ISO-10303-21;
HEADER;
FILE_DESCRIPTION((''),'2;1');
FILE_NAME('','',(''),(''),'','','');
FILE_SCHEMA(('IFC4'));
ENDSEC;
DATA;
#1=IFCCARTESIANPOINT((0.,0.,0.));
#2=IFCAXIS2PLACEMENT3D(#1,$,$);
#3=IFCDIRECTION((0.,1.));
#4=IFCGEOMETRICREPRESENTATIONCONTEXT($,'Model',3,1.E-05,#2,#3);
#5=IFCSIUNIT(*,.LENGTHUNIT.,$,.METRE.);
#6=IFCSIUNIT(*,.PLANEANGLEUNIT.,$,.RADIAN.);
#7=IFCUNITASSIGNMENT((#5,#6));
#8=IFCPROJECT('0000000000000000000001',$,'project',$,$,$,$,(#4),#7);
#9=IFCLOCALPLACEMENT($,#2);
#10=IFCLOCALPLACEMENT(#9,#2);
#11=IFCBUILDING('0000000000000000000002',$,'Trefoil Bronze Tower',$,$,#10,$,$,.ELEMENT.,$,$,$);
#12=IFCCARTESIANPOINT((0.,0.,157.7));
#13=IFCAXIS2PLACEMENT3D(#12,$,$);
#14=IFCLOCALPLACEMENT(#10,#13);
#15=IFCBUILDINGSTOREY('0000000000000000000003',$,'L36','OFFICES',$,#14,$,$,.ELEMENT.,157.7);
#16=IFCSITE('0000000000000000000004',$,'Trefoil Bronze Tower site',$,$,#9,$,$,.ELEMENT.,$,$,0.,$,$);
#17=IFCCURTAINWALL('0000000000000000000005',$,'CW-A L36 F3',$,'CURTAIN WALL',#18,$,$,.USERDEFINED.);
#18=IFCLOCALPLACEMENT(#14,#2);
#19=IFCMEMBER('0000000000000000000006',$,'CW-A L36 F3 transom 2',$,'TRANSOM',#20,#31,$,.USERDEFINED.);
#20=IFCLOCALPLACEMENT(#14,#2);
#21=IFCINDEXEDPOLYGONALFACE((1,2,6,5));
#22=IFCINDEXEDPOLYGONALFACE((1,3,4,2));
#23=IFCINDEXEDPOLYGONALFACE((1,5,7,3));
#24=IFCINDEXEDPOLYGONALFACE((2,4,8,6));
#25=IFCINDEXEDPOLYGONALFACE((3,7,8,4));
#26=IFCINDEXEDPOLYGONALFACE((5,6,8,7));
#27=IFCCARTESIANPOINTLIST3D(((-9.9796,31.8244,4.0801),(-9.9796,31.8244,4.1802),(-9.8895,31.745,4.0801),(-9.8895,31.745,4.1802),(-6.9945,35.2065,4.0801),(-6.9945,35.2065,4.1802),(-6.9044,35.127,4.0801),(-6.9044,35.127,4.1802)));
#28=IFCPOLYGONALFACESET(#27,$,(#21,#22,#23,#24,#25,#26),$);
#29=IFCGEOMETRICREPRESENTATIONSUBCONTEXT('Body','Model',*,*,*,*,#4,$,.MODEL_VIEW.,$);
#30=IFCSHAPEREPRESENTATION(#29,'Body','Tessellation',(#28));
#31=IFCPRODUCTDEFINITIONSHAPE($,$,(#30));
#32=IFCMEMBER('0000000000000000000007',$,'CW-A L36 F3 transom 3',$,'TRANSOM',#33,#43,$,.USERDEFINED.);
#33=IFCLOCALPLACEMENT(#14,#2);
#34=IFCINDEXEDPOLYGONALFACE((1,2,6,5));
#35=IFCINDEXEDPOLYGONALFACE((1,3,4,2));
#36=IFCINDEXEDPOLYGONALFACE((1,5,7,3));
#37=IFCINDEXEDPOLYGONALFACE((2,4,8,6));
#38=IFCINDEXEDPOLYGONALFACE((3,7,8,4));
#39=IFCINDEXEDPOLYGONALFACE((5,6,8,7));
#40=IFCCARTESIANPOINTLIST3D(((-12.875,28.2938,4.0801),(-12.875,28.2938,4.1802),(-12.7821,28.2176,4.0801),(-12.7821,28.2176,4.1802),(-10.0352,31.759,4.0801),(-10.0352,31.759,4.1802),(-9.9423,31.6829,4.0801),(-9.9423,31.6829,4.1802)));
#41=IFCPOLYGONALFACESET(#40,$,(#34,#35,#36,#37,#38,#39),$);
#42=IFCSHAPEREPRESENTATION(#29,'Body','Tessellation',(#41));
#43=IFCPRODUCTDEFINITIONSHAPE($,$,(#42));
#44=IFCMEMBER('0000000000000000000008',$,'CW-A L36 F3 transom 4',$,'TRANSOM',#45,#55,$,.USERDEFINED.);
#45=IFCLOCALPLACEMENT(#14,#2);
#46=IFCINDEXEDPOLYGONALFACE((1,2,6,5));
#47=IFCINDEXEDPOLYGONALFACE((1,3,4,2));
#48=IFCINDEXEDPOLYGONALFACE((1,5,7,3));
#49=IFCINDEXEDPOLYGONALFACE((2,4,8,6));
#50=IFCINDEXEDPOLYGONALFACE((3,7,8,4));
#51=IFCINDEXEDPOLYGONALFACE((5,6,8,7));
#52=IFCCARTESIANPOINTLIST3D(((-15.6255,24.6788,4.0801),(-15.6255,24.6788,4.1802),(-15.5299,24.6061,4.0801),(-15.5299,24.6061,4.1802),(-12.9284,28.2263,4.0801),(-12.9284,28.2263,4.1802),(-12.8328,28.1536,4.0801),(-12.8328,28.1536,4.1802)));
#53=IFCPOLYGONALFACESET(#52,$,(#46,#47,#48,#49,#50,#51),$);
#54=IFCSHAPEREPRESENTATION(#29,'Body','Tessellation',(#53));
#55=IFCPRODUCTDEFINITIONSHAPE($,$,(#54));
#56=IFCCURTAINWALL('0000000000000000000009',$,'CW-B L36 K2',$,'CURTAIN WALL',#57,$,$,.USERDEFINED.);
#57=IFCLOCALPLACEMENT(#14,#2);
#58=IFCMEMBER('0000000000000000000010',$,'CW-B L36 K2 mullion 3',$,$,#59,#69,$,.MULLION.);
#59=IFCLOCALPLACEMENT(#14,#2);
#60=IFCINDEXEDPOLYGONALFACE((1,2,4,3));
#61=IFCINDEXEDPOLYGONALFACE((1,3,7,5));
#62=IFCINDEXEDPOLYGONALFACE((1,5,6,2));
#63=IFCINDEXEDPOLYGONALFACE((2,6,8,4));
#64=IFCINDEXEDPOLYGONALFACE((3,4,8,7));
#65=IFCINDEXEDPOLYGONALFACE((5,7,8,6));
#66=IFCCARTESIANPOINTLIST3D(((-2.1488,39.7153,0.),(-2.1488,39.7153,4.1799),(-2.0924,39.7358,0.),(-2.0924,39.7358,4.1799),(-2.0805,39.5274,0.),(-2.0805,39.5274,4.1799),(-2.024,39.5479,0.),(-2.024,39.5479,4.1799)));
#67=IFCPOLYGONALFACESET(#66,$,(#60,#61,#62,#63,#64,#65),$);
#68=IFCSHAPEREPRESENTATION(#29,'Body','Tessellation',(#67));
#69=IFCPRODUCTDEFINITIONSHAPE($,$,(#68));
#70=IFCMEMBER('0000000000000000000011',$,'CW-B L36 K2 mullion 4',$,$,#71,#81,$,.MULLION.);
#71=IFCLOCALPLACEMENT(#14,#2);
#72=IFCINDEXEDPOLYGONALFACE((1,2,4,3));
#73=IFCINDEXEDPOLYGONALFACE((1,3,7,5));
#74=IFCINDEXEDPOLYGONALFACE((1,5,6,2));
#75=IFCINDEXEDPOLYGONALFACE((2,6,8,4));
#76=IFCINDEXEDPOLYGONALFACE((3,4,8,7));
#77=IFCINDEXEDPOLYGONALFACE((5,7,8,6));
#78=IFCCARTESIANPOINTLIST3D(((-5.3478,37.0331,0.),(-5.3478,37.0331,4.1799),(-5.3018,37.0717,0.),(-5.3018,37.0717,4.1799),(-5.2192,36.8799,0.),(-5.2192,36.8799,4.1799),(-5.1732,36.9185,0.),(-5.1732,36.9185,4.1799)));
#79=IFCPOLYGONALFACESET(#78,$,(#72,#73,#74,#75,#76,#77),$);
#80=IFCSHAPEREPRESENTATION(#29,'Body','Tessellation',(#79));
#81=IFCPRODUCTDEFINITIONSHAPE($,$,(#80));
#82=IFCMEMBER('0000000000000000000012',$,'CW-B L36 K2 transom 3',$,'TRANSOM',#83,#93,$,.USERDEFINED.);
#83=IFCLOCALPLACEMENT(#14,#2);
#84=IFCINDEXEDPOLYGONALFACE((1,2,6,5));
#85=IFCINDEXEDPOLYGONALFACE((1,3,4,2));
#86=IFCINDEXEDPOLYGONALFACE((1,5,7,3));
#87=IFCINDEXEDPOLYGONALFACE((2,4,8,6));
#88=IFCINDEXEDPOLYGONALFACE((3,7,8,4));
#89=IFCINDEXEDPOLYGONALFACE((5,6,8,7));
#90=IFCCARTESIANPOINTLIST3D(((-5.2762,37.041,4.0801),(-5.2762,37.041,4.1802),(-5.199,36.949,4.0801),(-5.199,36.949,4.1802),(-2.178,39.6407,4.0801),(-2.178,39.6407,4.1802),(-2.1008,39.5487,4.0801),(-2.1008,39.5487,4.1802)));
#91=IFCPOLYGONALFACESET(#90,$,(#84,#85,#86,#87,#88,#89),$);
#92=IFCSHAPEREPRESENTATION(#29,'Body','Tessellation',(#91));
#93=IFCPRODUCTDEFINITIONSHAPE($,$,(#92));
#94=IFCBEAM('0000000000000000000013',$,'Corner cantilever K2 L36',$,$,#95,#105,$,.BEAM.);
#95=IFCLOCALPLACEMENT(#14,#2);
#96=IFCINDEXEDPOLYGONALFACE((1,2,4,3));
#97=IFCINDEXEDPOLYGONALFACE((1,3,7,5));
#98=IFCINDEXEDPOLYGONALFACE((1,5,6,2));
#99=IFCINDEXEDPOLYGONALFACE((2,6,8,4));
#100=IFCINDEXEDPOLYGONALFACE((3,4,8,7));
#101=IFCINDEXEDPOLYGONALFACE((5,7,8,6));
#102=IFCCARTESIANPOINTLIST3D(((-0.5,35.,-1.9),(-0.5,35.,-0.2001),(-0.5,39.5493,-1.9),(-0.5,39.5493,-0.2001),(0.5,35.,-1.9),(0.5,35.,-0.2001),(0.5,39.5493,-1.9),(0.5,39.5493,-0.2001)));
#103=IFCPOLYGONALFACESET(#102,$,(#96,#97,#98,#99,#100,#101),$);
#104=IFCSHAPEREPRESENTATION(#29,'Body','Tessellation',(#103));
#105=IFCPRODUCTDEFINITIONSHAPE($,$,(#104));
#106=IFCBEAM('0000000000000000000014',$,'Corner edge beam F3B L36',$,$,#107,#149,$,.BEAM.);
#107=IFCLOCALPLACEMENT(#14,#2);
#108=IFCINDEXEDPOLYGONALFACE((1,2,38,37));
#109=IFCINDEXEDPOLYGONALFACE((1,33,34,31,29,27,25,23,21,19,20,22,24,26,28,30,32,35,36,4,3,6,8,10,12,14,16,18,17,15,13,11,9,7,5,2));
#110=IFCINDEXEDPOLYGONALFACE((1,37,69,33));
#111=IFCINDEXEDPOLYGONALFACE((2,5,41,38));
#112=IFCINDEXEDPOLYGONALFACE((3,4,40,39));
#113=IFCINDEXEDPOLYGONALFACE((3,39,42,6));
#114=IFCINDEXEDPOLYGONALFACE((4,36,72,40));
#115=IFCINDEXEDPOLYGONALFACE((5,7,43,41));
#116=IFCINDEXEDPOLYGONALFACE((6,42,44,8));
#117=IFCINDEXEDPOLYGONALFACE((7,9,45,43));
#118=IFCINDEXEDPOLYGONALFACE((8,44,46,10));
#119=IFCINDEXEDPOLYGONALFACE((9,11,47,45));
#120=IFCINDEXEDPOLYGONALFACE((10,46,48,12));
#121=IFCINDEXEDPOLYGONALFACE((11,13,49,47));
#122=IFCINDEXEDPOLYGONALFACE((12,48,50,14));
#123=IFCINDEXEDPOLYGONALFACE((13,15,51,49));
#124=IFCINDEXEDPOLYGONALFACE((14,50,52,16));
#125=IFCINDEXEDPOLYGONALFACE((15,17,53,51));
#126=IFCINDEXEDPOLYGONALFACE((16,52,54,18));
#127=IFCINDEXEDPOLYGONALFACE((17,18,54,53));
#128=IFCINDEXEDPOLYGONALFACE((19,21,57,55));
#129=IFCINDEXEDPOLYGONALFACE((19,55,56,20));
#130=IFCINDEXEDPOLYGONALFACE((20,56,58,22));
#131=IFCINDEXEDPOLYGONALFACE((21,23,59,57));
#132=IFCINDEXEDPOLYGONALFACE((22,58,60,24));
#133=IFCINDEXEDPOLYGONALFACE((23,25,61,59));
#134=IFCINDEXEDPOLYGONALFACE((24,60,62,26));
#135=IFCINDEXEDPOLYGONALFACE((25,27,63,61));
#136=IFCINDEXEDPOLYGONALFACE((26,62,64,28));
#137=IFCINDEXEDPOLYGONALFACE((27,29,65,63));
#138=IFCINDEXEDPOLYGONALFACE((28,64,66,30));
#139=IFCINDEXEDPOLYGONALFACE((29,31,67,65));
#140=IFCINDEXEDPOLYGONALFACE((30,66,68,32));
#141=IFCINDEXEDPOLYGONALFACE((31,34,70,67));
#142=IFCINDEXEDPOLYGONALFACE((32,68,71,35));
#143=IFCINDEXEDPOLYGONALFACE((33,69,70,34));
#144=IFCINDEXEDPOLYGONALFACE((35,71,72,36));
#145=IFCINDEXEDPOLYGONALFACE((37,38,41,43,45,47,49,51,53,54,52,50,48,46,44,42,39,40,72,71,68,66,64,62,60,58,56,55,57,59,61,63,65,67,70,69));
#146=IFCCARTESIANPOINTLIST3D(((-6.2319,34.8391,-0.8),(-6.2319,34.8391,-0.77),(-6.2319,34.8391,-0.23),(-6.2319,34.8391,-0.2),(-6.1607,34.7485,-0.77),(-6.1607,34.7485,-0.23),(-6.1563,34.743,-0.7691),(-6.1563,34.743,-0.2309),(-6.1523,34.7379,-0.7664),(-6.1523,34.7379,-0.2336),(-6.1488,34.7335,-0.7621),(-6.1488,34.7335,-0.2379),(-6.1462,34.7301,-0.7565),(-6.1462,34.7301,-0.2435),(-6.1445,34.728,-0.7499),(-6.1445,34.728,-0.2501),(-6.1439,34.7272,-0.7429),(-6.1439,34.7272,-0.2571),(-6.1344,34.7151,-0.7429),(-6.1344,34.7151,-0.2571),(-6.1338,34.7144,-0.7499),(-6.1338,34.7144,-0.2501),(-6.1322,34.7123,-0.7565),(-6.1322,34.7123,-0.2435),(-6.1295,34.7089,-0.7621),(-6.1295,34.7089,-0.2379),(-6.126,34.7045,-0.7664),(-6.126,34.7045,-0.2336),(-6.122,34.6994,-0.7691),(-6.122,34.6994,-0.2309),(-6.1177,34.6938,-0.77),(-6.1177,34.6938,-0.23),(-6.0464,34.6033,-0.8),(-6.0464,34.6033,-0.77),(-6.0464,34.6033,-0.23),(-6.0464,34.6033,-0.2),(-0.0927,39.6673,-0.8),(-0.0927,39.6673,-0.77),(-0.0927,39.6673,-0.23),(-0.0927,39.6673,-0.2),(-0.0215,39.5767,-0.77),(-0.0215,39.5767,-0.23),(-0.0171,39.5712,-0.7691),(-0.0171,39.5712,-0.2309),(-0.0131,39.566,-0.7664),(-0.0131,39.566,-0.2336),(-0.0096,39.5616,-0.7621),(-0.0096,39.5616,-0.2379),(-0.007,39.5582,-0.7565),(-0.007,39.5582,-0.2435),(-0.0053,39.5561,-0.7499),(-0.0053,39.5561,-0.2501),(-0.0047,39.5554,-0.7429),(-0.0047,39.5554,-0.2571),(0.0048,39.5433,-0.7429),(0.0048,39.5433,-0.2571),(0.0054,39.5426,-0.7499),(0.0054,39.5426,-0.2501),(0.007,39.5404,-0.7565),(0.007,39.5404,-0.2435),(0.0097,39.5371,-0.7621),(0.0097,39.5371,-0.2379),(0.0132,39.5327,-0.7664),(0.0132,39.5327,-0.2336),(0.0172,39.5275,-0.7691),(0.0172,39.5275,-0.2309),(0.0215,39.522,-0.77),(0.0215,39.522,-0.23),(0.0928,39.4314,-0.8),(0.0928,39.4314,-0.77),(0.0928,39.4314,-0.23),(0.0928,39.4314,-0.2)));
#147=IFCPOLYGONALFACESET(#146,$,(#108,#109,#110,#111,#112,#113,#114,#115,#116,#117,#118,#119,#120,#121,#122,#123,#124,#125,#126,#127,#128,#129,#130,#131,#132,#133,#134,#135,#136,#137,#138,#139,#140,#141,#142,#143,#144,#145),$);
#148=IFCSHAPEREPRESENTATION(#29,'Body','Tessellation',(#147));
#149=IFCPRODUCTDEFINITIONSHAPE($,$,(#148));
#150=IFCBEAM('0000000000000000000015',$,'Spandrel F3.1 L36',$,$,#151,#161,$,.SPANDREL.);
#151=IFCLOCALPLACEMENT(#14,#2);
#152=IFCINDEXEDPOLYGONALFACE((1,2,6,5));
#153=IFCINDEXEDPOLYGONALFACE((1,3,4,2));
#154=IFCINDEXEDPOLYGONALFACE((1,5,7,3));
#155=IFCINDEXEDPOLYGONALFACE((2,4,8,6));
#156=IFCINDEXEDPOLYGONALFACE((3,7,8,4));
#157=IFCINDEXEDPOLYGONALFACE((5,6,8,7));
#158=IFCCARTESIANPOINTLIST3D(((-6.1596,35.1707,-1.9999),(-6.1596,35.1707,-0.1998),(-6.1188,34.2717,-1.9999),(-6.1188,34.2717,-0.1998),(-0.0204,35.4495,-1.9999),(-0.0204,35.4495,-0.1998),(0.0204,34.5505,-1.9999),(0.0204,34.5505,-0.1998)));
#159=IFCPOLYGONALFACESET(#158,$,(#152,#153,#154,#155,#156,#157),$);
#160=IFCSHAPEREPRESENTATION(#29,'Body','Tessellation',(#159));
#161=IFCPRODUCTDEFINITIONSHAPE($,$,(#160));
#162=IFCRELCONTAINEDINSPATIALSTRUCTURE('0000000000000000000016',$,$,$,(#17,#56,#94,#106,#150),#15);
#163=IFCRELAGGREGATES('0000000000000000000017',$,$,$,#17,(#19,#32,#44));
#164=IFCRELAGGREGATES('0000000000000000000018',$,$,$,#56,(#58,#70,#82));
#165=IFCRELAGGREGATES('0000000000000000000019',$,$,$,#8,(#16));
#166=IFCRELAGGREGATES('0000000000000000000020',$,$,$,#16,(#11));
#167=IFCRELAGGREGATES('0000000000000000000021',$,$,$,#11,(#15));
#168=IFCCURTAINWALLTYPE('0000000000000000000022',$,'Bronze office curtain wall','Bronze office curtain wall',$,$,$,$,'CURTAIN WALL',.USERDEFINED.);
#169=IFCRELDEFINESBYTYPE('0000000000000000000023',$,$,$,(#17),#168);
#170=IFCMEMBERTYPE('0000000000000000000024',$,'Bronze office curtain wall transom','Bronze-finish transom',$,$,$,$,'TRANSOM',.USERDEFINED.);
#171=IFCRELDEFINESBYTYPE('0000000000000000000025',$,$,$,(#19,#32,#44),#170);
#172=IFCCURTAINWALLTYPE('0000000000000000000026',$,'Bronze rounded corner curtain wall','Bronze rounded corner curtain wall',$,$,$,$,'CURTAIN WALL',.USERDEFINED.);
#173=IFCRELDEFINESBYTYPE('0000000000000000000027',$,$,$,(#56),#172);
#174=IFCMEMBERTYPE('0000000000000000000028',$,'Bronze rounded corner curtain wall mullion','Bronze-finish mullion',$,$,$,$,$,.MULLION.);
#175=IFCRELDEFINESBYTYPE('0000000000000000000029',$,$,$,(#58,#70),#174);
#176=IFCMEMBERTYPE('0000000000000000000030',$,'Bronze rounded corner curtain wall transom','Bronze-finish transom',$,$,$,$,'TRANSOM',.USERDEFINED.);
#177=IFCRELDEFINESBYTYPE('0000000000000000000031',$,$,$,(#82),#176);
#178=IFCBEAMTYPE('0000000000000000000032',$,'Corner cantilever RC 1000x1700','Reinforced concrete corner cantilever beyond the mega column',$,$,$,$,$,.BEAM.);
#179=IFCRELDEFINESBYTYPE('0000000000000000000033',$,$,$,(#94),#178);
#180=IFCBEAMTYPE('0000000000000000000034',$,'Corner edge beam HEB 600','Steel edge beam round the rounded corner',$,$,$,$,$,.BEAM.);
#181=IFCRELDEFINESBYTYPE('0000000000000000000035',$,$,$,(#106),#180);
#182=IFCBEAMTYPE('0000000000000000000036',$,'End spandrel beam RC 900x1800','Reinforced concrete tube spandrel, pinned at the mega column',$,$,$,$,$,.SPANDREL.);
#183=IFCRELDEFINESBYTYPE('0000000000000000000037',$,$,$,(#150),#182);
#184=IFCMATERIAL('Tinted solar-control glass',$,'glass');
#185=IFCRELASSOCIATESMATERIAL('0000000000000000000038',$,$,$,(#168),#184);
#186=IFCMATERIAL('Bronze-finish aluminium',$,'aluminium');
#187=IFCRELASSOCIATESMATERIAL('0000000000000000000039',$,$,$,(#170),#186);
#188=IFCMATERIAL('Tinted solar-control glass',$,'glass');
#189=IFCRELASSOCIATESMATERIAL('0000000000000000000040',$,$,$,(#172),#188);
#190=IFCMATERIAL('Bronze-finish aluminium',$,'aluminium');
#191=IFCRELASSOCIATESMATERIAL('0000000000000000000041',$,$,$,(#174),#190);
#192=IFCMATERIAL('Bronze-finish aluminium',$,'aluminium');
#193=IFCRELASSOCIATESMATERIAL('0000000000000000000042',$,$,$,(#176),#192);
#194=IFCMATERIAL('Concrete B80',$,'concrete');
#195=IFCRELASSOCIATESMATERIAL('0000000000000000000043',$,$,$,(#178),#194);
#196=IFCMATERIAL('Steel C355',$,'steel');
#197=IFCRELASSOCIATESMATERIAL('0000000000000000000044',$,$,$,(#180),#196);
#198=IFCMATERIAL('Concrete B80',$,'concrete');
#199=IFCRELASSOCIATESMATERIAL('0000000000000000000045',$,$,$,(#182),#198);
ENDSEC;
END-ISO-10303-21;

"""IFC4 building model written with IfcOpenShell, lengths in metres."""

from ifc_helpers import new_model, si_unit, direction, frame, origin, origin_2d, place, context, subcontext, project, spatial, rectangle, i_section, extrude, material, material_profile, profile_set, type_object, element, aggregate, save


model = new_model("IFC4")

# Units and contexts
model_context = context("Model", 3, precision=1e-05, world=origin(), true_north=direction((0.0, 1.0)))
body_context = subcontext(model_context, "Body", "Model", "MODEL_VIEW")
ifc_project = project(units=[si_unit("LENGTHUNIT", "METRE"), si_unit("PLANEANGLEUNIT", "RADIAN")], contexts=[model_context])

# Site, building, storey
site_placement = place(None, origin())
site = spatial("IfcSite", under=ifc_project, at=site_placement, Name="Trefoil Bronze Tower site", CompositionType="ELEMENT", RefElevation=0.0)
building_placement = place(site_placement, origin())
building = spatial("IfcBuilding", under=site, at=building_placement, Name="Trefoil Bronze Tower", CompositionType="ELEMENT")
storey_placement = place(building_placement, frame((0.0, 0.0, 157.7)))
storey = spatial("IfcBuildingStorey", under=building, at=storey_placement, Name="L36", Description="OFFICES", CompositionType="ELEMENT", Elevation=157.7)

# Curtain walls, members
ifc_material_1 = material(Name="Tinted solar-control glass", Category="glass")
curtain_wall_type_1 = type_object("IfcCurtainWallType", Name="Bronze office curtain wall", Description="Bronze office curtain wall", ElementType="CURTAIN WALL", PredefinedType="USERDEFINED", material=ifc_material_1)
curtain_wall_1_placement = place(storey_placement, origin())
curtain_wall_1 = element("IfcCurtainWall", 1, at=curtain_wall_1_placement, inside=storey, type_object=curtain_wall_type_1, Name="CW-A L36 F3", ObjectType="CURTAIN WALL", PredefinedType="USERDEFINED")
ifc_material_2 = material(Name="Bronze-finish aluminium", Category="aluminium")
ifc_material_profile_1 = material_profile(ifc_material_2, rectangle(XDim=0.1201, YDim=0.1001, at=origin_2d()), Name="CW-A transom")
ifc_profile_set_1 = profile_set([ifc_material_profile_1], Name="Bronze-finish aluminium")
member_type_1 = type_object("IfcMemberType", Name="Bronze office curtain wall transom", Description="Bronze-finish transom", ElementType="TRANSOM", PredefinedType="USERDEFINED", material=ifc_profile_set_1)
member_1_placement = place(storey_placement, frame((-6.9495, 35.1667, 4.1301), z_axis=(-0.661736, -0.749737, 0.0), x_axis=(0.749737, -0.661736, 0.0)))
member_1 = element("IfcMember", 2, at=member_1_placement, type_object=member_type_1, Name="CW-A L36 F3 transom 2", ObjectType="TRANSOM", PredefinedType="USERDEFINED", context=body_context, shape_type="SweptSolid", body=[
    extrude(rectangle(XDim=0.1201, YDim=0.1001, at=origin_2d()), origin(), (0.0, 0.0, 1.0), 4.511),
])
member_2_placement = place(storey_placement, frame((-9.9888, 31.7209, 4.1301), z_axis=(-0.633849, -0.773457, 0.0), x_axis=(0.773457, -0.633849, 0.0)))
member_2 = element("IfcMember", 3, at=member_2_placement, type_object=member_type_1, Name="CW-A L36 F3 transom 3", ObjectType="TRANSOM", PredefinedType="USERDEFINED", context=body_context, shape_type="SweptSolid", body=[
    extrude(rectangle(XDim=0.1201, YDim=0.1001, at=origin_2d()), origin(), (0.0, 0.0, 1.0), 4.4802),
])
member_3_placement = place(storey_placement, frame((-12.8806, 28.1899, 4.1301), z_axis=(-0.605229, -0.796051, 0.0), x_axis=(0.796051, -0.605229, 0.0)))
member_3 = element("IfcMember", 4, at=member_3_placement, type_object=member_type_1, Name="CW-A L36 F3 transom 4", ObjectType="TRANSOM", PredefinedType="USERDEFINED", context=body_context, shape_type="SweptSolid", body=[
    extrude(rectangle(XDim=0.1201, YDim=0.1001, at=origin_2d()), origin(), (0.0, 0.0, 1.0), 4.4563),
])
ifc_material_3 = material(Name="Tinted solar-control glass", Category="glass")
curtain_wall_type_2 = type_object("IfcCurtainWallType", Name="Bronze rounded corner curtain wall", Description="Bronze rounded corner curtain wall", ElementType="CURTAIN WALL", PredefinedType="USERDEFINED", material=ifc_material_3)
curtain_wall_2_placement = place(storey_placement, origin())
curtain_wall_2 = element("IfcCurtainWall", 5, at=curtain_wall_2_placement, inside=storey, type_object=curtain_wall_type_2, Name="CW-B L36 K2", ObjectType="CURTAIN WALL", PredefinedType="USERDEFINED")
ifc_material_4 = material(Name="Bronze-finish aluminium", Category="aluminium")
ifc_material_profile_2 = material_profile(ifc_material_4, rectangle(XDim=0.2, YDim=0.0601, at=origin_2d()), Name="CW-B mullion")
ifc_profile_set_2 = profile_set([ifc_material_profile_2], Name="Bronze-finish aluminium")
member_type_2 = type_object("IfcMemberType", Name="Bronze rounded corner curtain wall mullion", Description="Bronze-finish mullion", PredefinedType="MULLION", material=ifc_profile_set_2)
member_4_placement = place(storey_placement, frame((-2.0864, 39.6316, 0.0), z_axis=(0.0, 0.0, 1.0), x_axis=(0.34202, -0.939693, 0.0)))
member_4 = element("IfcMember", 6, at=member_4_placement, type_object=member_type_2, Name="CW-B L36 K2 mullion 3", PredefinedType="MULLION", context=body_context, shape_type="SweptSolid", body=[
    extrude(rectangle(XDim=0.2, YDim=0.0601, at=origin_2d()), origin(), (0.0, 0.0, 1.0), 4.1799),
])
member_5_placement = place(storey_placement, frame((-5.2605, 36.9758, 0.0), z_axis=(0.0, 0.0, 1.0), x_axis=(0.642788, -0.766044, 0.0)))
member_5 = element("IfcMember", 7, at=member_5_placement, type_object=member_type_2, Name="CW-B L36 K2 mullion 4", PredefinedType="MULLION", context=body_context, shape_type="SweptSolid", body=[
    extrude(rectangle(XDim=0.2, YDim=0.0601, at=origin_2d()), origin(), (0.0, 0.0, 1.0), 4.1799),
])
ifc_material_5 = material(Name="Bronze-finish aluminium", Category="aluminium")
ifc_material_profile_3 = material_profile(ifc_material_5, rectangle(XDim=0.1201, YDim=0.1001, at=origin_2d()), Name="CW-B transom")
ifc_profile_set_3 = profile_set([ifc_material_profile_3], Name="Bronze-finish aluminium")
member_type_3 = type_object("IfcMemberType", Name="Bronze rounded corner curtain wall transom", Description="Bronze-finish transom", ElementType="TRANSOM", PredefinedType="USERDEFINED", material=ifc_profile_set_3)
member_6_placement = place(storey_placement, frame((-2.1394, 39.5947, 4.1301), z_axis=(-0.76605, -0.642781, 0.0), x_axis=(0.642781, -0.76605, 0.0)))
member_6 = element("IfcMember", 8, at=member_6_placement, type_object=member_type_3, Name="CW-B L36 K2 transom 3", ObjectType="TRANSOM", PredefinedType="USERDEFINED", context=body_context, shape_type="SweptSolid", body=[
    extrude(rectangle(XDim=0.1201, YDim=0.1001, at=origin_2d()), origin(), (0.0, 0.0, 1.0), 4.0444),
])

# Beams
ifc_material_6 = material(Name="Concrete B80", Category="concrete")
ifc_material_profile_4 = material_profile(ifc_material_6, rectangle(XDim=1.0, YDim=1.7, at=origin_2d()), Name="RC 1000x1700")
ifc_profile_set_4 = profile_set([ifc_material_profile_4], Name="Concrete B80")
beam_type_1 = type_object("IfcBeamType", Name="Corner cantilever RC 1000x1700", Description="Reinforced concrete corner cantilever beyond the mega column", PredefinedType="BEAM", material=ifc_profile_set_4)
beam_1_placement = place(storey_placement, frame((0.0, 35.0, -1.05), z_axis=(0.0, 1.0, 0.0), x_axis=(-1.0, 0.0, 0.0)))
element("IfcBeam", 9, at=beam_1_placement, inside=storey, type_object=beam_type_1, Name="Corner cantilever K2 L36", PredefinedType="BEAM", context=body_context, shape_type="SweptSolid", body=[
    extrude(rectangle(XDim=1.0, YDim=1.7, at=origin_2d()), origin(), (0.0, 0.0, 1.0), 4.5493),
])
ifc_material_7 = material(Name="Steel C355", Category="steel")
ifc_material_profile_5 = material_profile(ifc_material_7, i_section(OverallWidth=0.3, OverallDepth=0.6001, WebThickness=0.0154, FlangeThickness=0.03, FilletRadius=0.0271, at=origin_2d()), Name="HEB 600")
ifc_profile_set_5 = profile_set([ifc_material_profile_5], Name="Steel C355")
beam_type_2 = type_object("IfcBeamType", Name="Corner edge beam HEB 600", Description="Steel edge beam round the rounded corner", PredefinedType="BEAM", material=ifc_profile_set_5)
beam_2_placement = place(storey_placement, frame((-6.1392, 34.7212, -0.5), z_axis=(0.786038, 0.618178, 0.0), x_axis=(-0.618178, 0.786038, 0.0)))
element("IfcBeam", 10, at=beam_2_placement, inside=storey, type_object=beam_type_2, Name="Corner edge beam F3B L36", PredefinedType="BEAM", context=body_context, shape_type="SweptSolid", body=[
    extrude(i_section(OverallWidth=0.3, OverallDepth=0.6001, WebThickness=0.0154, FlangeThickness=0.03, FilletRadius=0.0271, at=origin_2d()), origin(), (0.0, 0.0, 1.0), 7.8103),
])
ifc_material_8 = material(Name="Concrete B80", Category="concrete")
ifc_material_profile_6 = material_profile(ifc_material_8, rectangle(XDim=0.8999, YDim=1.8, at=origin_2d()), Name="RC 900x1800")
ifc_profile_set_6 = profile_set([ifc_material_profile_6], Name="Concrete B80")
beam_type_3 = type_object("IfcBeamType", Name="End spandrel beam RC 900x1800", Description="Reinforced concrete tube spandrel, pinned at the mega column", PredefinedType="SPANDREL", material=ifc_profile_set_6)
beam_3_placement = place(storey_placement, frame((0.0, 35.0, -1.0999), z_axis=(-0.99897, -0.045368, 0.0), x_axis=(0.045368, -0.99897, 0.0)))
element("IfcBeam", 11, at=beam_3_placement, inside=storey, type_object=beam_type_3, Name="Spandrel F3.1 L36", PredefinedType="SPANDREL", context=body_context, shape_type="SweptSolid", body=[
    extrude(rectangle(XDim=0.8999, YDim=1.8, at=origin_2d()), origin(), (0.0, 0.0, 1.0), 6.1455),
])

aggregate(curtain_wall_1, [member_1, member_2, member_3])
aggregate(curtain_wall_2, [member_4, member_5, member_6])

save(model, "model.ifc")
